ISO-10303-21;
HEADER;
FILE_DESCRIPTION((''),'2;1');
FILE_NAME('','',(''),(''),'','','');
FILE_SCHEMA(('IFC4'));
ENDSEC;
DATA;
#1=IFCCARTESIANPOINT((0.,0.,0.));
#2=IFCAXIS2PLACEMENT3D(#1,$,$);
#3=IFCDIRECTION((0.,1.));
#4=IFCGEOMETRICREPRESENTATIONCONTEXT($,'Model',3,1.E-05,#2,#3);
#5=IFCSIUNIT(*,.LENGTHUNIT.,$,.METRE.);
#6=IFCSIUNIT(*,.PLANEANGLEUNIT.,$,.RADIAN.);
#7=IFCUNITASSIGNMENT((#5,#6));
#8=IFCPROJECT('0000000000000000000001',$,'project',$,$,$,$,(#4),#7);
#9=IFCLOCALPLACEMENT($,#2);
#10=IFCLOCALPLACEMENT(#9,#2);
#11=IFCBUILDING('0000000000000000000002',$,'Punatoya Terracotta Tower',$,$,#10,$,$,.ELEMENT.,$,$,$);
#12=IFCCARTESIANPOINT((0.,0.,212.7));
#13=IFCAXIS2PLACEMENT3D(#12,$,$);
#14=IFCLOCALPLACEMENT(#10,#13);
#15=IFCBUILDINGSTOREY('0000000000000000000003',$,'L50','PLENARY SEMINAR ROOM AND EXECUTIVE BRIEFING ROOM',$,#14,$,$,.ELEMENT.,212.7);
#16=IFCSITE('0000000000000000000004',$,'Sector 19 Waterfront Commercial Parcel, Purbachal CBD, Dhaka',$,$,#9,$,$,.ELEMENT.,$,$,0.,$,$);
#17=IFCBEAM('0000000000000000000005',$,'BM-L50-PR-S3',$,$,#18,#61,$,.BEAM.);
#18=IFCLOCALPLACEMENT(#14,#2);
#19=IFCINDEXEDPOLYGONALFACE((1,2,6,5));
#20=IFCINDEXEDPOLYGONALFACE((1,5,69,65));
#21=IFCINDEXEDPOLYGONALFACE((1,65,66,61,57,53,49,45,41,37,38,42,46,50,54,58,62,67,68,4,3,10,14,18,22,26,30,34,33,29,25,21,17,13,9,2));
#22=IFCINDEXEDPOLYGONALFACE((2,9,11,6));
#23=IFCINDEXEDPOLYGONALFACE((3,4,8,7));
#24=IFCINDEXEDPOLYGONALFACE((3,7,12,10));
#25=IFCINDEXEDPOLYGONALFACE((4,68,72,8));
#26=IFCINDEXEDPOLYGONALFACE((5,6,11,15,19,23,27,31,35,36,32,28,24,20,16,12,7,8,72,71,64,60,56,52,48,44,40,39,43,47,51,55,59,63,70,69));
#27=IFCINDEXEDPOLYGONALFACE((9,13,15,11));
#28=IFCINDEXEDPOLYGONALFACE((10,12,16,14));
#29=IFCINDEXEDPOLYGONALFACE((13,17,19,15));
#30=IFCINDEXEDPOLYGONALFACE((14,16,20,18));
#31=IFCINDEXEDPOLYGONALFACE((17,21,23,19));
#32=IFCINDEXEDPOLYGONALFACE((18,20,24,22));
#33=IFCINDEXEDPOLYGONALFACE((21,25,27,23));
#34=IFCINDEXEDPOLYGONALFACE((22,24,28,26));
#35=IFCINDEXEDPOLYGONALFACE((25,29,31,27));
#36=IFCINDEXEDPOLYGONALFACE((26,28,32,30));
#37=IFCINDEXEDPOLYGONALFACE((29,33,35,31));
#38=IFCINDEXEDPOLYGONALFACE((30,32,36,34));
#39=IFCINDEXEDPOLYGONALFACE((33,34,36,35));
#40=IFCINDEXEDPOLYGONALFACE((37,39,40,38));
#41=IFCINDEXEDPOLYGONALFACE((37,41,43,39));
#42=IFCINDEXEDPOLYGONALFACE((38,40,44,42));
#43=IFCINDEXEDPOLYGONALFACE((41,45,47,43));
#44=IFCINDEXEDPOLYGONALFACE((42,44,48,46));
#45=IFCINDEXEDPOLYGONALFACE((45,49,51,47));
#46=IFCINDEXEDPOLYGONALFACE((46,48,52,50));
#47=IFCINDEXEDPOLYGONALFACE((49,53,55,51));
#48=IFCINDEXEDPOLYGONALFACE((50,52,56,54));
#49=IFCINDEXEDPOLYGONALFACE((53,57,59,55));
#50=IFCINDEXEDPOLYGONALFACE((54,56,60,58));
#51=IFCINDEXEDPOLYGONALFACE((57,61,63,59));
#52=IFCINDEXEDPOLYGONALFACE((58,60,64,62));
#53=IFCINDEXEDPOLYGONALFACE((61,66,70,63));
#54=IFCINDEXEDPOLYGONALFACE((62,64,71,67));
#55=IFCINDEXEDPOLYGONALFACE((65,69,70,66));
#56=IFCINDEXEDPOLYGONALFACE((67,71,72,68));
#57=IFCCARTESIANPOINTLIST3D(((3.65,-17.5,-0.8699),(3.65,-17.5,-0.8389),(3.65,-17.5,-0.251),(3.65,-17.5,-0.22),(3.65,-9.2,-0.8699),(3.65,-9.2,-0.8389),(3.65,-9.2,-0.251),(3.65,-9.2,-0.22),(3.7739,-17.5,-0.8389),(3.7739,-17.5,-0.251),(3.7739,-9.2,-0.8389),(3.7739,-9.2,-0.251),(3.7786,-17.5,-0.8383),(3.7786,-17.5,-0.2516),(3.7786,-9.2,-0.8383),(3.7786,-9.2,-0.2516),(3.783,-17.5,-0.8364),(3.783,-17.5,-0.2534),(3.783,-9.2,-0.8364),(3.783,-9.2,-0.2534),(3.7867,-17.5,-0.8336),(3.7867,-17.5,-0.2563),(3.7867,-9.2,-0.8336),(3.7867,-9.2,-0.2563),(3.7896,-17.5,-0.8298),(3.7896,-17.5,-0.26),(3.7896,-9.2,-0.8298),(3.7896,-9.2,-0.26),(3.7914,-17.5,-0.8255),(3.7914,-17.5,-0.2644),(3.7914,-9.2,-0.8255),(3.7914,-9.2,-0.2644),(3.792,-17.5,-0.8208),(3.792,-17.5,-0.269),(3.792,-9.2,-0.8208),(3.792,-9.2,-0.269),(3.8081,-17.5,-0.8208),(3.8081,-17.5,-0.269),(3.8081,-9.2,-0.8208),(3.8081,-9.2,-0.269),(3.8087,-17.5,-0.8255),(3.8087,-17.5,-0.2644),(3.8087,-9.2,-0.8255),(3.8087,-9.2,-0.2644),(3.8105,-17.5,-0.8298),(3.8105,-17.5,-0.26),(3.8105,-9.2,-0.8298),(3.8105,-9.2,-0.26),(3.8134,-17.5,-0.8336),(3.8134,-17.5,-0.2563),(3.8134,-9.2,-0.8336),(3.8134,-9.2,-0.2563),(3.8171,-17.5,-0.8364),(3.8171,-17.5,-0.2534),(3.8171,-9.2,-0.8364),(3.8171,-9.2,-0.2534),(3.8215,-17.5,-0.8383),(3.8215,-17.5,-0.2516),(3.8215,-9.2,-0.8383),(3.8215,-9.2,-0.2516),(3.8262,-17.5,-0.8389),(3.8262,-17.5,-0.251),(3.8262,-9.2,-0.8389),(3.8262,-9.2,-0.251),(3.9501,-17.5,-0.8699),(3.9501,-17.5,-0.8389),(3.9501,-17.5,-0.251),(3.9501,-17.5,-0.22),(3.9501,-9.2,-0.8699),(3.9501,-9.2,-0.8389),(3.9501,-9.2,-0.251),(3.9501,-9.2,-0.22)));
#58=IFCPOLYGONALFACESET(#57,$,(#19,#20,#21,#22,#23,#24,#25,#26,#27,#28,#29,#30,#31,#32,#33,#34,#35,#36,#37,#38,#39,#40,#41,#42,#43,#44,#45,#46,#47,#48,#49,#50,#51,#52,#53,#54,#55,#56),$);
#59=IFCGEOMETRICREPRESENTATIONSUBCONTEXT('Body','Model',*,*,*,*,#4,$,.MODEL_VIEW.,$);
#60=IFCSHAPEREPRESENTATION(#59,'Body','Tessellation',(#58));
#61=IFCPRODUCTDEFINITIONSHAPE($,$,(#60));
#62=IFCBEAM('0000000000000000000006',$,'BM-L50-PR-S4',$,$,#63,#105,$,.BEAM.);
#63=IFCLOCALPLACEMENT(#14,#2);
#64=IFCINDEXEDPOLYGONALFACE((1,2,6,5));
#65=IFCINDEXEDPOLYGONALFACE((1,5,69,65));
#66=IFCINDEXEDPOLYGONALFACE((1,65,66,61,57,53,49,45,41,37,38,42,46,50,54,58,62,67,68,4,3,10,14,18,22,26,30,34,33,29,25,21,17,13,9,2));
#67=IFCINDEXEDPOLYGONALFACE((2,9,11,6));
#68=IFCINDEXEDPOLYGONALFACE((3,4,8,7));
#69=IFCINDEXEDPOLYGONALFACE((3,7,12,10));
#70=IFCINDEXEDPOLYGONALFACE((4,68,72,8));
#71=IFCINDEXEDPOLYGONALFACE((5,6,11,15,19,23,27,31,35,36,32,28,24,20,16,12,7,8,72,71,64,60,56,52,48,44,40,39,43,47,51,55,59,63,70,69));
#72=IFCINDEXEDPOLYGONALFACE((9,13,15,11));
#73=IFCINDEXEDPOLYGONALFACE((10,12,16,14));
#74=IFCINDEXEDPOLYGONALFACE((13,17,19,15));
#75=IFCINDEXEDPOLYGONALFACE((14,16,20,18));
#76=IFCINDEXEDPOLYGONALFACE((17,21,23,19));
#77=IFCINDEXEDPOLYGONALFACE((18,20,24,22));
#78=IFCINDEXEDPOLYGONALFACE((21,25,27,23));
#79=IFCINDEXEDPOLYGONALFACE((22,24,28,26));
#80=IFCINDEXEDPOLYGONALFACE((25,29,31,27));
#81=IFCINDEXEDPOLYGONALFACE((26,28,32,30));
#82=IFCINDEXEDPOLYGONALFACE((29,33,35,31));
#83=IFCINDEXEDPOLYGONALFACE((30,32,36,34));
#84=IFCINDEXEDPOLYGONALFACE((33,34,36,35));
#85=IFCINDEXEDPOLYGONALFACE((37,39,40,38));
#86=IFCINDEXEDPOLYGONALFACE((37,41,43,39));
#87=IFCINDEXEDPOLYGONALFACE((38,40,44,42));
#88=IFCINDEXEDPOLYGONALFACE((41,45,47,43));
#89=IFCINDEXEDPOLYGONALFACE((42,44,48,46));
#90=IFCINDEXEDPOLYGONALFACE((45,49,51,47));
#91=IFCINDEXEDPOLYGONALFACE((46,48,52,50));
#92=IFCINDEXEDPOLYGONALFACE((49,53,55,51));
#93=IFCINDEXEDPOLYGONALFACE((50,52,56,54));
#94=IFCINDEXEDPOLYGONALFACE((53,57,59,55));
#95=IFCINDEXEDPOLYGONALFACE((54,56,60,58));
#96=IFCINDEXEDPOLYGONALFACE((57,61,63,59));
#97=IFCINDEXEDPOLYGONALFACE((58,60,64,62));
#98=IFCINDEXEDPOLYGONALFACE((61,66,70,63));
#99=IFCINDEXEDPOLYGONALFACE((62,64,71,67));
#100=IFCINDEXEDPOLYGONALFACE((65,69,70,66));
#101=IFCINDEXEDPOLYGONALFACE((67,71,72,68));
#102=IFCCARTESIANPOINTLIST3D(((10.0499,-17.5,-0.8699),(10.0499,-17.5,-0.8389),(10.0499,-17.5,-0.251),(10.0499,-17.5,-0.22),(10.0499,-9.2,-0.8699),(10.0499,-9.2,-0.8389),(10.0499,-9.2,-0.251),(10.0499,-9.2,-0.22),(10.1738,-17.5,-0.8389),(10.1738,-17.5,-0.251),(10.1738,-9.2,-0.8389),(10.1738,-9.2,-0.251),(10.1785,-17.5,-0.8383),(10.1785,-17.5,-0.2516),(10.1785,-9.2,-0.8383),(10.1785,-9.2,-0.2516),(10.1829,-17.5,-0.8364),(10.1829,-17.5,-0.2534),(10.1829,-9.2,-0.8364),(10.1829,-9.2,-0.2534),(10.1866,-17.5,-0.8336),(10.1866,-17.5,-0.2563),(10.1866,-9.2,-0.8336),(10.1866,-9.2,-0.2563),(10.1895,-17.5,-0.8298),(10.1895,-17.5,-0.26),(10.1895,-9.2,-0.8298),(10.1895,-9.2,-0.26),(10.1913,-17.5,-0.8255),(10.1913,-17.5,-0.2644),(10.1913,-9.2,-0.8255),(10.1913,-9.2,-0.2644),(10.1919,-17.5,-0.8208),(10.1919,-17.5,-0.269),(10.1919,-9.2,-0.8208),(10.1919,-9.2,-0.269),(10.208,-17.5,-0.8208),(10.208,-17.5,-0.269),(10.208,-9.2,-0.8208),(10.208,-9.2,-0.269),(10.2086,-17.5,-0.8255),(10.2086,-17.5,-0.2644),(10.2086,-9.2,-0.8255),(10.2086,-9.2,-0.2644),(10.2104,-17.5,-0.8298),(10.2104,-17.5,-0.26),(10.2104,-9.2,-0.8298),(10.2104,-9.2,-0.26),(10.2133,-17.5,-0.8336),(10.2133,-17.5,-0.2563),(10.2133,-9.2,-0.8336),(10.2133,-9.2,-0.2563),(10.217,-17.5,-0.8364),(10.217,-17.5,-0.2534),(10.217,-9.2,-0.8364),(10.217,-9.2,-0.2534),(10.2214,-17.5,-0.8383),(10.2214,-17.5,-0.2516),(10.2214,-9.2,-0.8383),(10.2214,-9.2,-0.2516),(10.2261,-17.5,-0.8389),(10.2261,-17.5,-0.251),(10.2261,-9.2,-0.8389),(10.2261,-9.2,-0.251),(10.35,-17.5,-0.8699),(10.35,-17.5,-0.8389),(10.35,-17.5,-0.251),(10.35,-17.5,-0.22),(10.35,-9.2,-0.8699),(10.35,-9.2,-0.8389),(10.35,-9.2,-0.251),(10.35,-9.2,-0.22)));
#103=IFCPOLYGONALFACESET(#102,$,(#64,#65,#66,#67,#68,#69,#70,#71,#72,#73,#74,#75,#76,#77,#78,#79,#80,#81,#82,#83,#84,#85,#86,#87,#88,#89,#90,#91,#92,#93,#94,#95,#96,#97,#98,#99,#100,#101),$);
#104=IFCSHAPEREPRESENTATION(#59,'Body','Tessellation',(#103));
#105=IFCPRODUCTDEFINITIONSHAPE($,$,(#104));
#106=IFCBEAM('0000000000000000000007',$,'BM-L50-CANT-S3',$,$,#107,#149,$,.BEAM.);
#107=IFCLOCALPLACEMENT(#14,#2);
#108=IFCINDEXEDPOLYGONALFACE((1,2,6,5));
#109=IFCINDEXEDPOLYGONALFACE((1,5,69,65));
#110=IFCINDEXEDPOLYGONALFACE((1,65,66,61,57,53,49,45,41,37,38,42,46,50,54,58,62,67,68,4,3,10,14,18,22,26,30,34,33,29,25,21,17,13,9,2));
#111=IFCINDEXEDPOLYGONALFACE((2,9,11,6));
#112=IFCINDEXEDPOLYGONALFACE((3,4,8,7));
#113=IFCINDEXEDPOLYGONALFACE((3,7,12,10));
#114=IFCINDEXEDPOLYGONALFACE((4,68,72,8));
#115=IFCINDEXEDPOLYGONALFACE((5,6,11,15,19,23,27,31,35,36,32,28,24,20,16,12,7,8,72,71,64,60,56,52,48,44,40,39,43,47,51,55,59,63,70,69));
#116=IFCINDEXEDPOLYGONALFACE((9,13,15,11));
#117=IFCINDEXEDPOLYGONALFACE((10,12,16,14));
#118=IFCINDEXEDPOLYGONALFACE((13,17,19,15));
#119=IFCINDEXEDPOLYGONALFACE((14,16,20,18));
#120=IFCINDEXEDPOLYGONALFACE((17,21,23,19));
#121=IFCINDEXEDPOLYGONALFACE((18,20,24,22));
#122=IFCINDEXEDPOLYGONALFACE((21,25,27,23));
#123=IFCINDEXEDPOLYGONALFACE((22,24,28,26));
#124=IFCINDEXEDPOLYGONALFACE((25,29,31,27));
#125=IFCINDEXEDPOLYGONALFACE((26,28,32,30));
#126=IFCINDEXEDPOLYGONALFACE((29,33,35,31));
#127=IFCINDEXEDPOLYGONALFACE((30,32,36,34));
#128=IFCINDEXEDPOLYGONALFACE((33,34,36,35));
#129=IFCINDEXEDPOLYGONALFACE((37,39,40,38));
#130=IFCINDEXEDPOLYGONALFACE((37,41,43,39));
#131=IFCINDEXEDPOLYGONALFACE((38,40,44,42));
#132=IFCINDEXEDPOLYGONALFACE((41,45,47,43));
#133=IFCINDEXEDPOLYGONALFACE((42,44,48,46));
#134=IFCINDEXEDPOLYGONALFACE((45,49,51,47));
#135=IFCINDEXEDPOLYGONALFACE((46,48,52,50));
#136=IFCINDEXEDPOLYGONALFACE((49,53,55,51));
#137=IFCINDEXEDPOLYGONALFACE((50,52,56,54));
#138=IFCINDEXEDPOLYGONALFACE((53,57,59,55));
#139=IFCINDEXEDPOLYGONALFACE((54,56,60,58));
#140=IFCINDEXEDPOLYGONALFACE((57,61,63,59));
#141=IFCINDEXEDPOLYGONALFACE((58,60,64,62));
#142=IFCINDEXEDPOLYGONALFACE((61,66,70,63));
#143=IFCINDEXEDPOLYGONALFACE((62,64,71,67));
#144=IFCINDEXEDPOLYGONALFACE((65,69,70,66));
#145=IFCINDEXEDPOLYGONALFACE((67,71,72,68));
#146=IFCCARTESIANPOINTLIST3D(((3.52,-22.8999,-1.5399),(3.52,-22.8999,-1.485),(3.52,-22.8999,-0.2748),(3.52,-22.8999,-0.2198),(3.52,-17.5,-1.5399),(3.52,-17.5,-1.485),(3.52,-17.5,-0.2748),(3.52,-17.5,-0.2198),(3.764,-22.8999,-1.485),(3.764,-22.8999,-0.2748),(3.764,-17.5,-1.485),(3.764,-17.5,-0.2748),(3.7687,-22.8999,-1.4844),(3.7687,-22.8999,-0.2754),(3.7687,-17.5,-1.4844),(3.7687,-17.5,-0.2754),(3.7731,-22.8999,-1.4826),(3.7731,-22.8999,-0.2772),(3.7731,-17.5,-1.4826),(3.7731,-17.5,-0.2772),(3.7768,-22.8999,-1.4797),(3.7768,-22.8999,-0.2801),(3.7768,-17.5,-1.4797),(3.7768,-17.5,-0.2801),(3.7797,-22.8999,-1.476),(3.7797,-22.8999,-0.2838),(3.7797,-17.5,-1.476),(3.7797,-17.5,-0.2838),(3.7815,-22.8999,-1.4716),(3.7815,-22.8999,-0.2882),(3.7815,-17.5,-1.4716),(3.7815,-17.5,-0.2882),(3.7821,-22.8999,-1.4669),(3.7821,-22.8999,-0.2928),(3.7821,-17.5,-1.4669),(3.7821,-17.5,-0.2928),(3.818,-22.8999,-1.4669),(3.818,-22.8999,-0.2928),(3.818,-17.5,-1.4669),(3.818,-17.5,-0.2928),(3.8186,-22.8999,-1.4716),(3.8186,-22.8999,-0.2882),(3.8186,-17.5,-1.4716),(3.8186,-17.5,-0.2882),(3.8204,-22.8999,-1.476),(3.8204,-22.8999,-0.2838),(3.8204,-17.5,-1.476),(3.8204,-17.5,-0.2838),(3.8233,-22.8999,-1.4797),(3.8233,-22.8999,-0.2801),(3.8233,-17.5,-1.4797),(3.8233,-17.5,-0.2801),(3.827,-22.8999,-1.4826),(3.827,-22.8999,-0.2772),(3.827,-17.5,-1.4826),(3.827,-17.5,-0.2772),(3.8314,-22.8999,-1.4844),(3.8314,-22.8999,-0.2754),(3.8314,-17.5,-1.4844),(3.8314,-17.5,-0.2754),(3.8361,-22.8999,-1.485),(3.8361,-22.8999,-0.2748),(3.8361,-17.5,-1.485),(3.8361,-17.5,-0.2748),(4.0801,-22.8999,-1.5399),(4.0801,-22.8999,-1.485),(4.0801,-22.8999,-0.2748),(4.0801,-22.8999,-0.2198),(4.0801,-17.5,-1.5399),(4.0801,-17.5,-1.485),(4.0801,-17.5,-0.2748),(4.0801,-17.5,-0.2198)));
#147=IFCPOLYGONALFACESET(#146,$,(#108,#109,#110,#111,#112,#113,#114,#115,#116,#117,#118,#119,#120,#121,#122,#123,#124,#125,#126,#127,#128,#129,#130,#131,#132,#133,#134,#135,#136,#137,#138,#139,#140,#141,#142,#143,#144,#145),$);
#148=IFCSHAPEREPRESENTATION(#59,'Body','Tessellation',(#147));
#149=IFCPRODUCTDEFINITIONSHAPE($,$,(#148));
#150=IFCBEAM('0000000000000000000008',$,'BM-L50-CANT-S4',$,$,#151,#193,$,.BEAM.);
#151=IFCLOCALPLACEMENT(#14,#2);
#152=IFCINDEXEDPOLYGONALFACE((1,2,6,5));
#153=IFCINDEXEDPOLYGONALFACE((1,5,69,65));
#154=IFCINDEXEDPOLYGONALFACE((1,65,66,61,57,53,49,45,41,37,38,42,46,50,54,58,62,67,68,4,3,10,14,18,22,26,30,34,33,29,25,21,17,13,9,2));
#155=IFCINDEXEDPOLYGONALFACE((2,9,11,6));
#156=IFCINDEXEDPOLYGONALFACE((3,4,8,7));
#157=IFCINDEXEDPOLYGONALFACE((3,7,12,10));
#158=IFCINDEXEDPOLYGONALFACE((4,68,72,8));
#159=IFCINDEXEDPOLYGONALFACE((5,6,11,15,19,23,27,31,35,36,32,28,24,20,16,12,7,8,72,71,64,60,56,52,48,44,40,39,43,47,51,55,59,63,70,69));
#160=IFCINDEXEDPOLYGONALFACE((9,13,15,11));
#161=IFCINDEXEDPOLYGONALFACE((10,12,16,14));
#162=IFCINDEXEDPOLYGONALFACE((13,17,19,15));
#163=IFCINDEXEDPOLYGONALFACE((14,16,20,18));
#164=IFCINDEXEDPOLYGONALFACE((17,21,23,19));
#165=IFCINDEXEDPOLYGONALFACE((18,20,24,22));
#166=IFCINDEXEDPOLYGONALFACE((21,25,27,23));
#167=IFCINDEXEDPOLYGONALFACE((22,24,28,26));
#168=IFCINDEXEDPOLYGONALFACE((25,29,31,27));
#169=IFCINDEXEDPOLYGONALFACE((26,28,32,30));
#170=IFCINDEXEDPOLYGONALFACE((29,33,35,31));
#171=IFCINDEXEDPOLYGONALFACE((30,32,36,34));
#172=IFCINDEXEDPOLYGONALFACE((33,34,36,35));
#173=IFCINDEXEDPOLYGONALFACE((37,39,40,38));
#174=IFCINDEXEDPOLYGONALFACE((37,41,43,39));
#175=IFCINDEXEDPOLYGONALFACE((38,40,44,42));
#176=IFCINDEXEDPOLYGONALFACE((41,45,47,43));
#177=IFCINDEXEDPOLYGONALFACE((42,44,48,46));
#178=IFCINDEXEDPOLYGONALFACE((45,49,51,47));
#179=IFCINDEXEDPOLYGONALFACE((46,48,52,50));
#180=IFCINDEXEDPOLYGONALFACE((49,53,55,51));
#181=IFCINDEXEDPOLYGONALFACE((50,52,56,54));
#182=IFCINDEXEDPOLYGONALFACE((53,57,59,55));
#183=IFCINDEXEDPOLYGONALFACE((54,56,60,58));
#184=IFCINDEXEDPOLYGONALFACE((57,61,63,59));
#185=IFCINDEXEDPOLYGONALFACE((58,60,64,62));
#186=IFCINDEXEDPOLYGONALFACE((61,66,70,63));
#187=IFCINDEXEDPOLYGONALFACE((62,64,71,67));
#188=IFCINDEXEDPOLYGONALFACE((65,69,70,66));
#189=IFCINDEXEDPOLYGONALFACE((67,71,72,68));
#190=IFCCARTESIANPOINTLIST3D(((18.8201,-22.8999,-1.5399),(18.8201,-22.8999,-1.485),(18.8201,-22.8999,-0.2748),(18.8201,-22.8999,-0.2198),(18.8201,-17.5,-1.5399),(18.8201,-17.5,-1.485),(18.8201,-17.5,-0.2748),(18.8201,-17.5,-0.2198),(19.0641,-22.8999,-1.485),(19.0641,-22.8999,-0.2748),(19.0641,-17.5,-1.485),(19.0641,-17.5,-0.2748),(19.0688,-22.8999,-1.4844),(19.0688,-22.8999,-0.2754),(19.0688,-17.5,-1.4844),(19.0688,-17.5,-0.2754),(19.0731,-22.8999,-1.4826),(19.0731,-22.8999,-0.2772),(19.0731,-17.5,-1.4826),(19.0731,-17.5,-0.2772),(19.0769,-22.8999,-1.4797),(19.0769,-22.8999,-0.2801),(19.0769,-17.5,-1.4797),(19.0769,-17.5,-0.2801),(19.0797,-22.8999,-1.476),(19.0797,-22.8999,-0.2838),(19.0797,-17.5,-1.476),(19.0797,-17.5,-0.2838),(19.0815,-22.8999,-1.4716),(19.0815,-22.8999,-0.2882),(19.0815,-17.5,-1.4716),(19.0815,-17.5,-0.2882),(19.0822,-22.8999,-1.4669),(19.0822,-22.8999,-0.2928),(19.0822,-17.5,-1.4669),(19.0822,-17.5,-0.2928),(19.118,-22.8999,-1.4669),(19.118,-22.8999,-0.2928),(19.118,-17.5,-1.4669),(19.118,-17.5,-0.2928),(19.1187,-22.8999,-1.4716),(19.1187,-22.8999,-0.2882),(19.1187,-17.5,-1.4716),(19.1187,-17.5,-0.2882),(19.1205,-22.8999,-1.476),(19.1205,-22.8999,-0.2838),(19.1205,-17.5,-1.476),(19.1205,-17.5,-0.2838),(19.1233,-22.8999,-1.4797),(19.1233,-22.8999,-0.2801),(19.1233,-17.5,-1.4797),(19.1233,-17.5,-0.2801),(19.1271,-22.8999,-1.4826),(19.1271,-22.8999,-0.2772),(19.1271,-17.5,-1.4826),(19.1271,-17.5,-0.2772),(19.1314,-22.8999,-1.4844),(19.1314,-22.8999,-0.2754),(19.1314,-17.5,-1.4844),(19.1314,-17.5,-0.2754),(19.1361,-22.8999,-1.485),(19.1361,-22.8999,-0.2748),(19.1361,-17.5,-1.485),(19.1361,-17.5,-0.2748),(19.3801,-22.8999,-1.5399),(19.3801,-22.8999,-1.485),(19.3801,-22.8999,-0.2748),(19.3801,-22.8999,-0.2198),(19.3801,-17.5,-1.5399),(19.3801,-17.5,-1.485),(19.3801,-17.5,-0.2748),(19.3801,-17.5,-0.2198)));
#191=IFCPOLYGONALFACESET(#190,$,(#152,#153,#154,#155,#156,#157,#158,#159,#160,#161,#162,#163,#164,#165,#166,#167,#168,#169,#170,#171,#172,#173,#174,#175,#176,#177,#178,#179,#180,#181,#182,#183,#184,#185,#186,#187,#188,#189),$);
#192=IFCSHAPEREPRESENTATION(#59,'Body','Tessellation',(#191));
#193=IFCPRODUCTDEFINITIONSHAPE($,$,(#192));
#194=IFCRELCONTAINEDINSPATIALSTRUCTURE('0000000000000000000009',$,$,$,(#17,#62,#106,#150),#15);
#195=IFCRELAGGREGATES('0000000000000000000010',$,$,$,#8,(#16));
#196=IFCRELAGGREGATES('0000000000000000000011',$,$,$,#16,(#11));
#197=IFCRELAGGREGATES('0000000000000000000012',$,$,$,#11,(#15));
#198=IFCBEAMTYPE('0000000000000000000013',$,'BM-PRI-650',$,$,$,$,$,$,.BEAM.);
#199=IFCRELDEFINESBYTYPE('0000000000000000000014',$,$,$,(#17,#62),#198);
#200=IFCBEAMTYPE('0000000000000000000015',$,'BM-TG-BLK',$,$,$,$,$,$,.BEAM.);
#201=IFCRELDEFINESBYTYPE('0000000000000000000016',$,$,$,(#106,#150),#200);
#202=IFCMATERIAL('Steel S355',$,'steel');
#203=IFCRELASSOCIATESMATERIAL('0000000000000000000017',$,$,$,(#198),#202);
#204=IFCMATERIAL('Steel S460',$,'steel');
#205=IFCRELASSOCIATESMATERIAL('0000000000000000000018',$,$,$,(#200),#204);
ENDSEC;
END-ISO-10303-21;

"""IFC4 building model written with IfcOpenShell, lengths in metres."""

from ifc_helpers import new_model, si_unit, direction, frame, origin, origin_2d, place, context, subcontext, project, spatial, i_section, extrude, material, material_profile, profile_set, type_object, element, save


model = new_model("IFC4")

# Units and contexts
model_context = context("Model", 3, precision=1e-05, world=origin(), true_north=direction((0.0, 1.0)))
body_context = subcontext(model_context, "Body", "Model", "MODEL_VIEW")
ifc_project = project(units=[si_unit("LENGTHUNIT", "METRE"), si_unit("PLANEANGLEUNIT", "RADIAN")], contexts=[model_context])

# Site, building, storey
site_placement = place(None, origin())
site = spatial("IfcSite", under=ifc_project, at=site_placement, Name="Sector 19 Waterfront Commercial Parcel, Purbachal CBD, Dhaka", CompositionType="ELEMENT", RefElevation=0.0)
building_placement = place(site_placement, origin())
building = spatial("IfcBuilding", under=site, at=building_placement, Name="Punatoya Terracotta Tower", CompositionType="ELEMENT")
storey_placement = place(building_placement, frame((0.0, 0.0, 212.7)))
storey = spatial("IfcBuildingStorey", under=building, at=storey_placement, Name="L50", Description="PLENARY SEMINAR ROOM AND EXECUTIVE BRIEFING ROOM", CompositionType="ELEMENT", Elevation=212.7)

# Shared definitions
ifc_material_1 = material(Name="Steel S460", Category="steel")

# Beams
ifc_material_2 = material(Name="Steel S355", Category="steel")
ifc_material_profile_1 = material_profile(ifc_material_2, i_section(OverallWidth=0.3, OverallDepth=0.6499, WebThickness=0.0161, FlangeThickness=0.031, FilletRadius=0.0181, at=origin_2d()))
ifc_profile_set_1 = profile_set([ifc_material_profile_1], Name="Steel S355")
beam_type_1 = type_object("IfcBeamType", Name="BM-PRI-650", PredefinedType="BEAM", material=ifc_profile_set_1)
for number, where, z_axis, x_axis, name in (
    (1, (3.8, -17.5, -0.5449), (0.0, 1.0, 0.0), (-1.0, 0.0, 0.0), "BM-L50-PR-S3"),
    (2, (10.2, -17.5, -0.5449), (0.0, 1.0, 0.0), (-1.0, 0.0, 0.0), "BM-L50-PR-S4"),
):
    element("IfcBeam", number, at=place(storey_placement, frame(where, z_axis=z_axis, x_axis=x_axis)), inside=storey, type_object=beam_type_1, Name=name, PredefinedType="BEAM", context=body_context, shape_type="SweptSolid", body=[
        extrude(i_section(OverallWidth=0.3, OverallDepth=0.6499, WebThickness=0.0161, FlangeThickness=0.031, FilletRadius=0.0181, at=origin_2d()), origin(), (0.0, 0.0, 1.0), 8.3),
    ])
ifc_material_profile_2 = material_profile(ifc_material_1, i_section(OverallWidth=0.5601, OverallDepth=1.3201, WebThickness=0.0359, FlangeThickness=0.0549, FilletRadius=0.0181, at=origin_2d()))
ifc_profile_set_2 = profile_set([ifc_material_profile_2], Name="Steel S460")
beam_type_2 = type_object("IfcBeamType", Name="BM-TG-BLK", PredefinedType="BEAM", material=ifc_profile_set_2)
for number, where, z_axis, x_axis, name in (
    (3, (3.8, -22.8999, -0.8799), (0.0, 1.0, 0.0), (-1.0, 0.0, 0.0), "BM-L50-CANT-S3"),
    (4, (19.1001, -22.8999, -0.8799), (0.0, 1.0, 0.0), (-1.0, 0.0, 0.0), "BM-L50-CANT-S4"),
):
    element("IfcBeam", number, at=place(storey_placement, frame(where, z_axis=z_axis, x_axis=x_axis)), inside=storey, type_object=beam_type_2, Name=name, PredefinedType="BEAM", context=body_context, shape_type="SweptSolid", body=[
        extrude(i_section(OverallWidth=0.5601, OverallDepth=1.3201, WebThickness=0.0359, FlangeThickness=0.0549, FilletRadius=0.0181, at=origin_2d()), origin(), (0.0, 0.0, 1.0), 5.3999),
    ])

save(model, "model.ifc")
